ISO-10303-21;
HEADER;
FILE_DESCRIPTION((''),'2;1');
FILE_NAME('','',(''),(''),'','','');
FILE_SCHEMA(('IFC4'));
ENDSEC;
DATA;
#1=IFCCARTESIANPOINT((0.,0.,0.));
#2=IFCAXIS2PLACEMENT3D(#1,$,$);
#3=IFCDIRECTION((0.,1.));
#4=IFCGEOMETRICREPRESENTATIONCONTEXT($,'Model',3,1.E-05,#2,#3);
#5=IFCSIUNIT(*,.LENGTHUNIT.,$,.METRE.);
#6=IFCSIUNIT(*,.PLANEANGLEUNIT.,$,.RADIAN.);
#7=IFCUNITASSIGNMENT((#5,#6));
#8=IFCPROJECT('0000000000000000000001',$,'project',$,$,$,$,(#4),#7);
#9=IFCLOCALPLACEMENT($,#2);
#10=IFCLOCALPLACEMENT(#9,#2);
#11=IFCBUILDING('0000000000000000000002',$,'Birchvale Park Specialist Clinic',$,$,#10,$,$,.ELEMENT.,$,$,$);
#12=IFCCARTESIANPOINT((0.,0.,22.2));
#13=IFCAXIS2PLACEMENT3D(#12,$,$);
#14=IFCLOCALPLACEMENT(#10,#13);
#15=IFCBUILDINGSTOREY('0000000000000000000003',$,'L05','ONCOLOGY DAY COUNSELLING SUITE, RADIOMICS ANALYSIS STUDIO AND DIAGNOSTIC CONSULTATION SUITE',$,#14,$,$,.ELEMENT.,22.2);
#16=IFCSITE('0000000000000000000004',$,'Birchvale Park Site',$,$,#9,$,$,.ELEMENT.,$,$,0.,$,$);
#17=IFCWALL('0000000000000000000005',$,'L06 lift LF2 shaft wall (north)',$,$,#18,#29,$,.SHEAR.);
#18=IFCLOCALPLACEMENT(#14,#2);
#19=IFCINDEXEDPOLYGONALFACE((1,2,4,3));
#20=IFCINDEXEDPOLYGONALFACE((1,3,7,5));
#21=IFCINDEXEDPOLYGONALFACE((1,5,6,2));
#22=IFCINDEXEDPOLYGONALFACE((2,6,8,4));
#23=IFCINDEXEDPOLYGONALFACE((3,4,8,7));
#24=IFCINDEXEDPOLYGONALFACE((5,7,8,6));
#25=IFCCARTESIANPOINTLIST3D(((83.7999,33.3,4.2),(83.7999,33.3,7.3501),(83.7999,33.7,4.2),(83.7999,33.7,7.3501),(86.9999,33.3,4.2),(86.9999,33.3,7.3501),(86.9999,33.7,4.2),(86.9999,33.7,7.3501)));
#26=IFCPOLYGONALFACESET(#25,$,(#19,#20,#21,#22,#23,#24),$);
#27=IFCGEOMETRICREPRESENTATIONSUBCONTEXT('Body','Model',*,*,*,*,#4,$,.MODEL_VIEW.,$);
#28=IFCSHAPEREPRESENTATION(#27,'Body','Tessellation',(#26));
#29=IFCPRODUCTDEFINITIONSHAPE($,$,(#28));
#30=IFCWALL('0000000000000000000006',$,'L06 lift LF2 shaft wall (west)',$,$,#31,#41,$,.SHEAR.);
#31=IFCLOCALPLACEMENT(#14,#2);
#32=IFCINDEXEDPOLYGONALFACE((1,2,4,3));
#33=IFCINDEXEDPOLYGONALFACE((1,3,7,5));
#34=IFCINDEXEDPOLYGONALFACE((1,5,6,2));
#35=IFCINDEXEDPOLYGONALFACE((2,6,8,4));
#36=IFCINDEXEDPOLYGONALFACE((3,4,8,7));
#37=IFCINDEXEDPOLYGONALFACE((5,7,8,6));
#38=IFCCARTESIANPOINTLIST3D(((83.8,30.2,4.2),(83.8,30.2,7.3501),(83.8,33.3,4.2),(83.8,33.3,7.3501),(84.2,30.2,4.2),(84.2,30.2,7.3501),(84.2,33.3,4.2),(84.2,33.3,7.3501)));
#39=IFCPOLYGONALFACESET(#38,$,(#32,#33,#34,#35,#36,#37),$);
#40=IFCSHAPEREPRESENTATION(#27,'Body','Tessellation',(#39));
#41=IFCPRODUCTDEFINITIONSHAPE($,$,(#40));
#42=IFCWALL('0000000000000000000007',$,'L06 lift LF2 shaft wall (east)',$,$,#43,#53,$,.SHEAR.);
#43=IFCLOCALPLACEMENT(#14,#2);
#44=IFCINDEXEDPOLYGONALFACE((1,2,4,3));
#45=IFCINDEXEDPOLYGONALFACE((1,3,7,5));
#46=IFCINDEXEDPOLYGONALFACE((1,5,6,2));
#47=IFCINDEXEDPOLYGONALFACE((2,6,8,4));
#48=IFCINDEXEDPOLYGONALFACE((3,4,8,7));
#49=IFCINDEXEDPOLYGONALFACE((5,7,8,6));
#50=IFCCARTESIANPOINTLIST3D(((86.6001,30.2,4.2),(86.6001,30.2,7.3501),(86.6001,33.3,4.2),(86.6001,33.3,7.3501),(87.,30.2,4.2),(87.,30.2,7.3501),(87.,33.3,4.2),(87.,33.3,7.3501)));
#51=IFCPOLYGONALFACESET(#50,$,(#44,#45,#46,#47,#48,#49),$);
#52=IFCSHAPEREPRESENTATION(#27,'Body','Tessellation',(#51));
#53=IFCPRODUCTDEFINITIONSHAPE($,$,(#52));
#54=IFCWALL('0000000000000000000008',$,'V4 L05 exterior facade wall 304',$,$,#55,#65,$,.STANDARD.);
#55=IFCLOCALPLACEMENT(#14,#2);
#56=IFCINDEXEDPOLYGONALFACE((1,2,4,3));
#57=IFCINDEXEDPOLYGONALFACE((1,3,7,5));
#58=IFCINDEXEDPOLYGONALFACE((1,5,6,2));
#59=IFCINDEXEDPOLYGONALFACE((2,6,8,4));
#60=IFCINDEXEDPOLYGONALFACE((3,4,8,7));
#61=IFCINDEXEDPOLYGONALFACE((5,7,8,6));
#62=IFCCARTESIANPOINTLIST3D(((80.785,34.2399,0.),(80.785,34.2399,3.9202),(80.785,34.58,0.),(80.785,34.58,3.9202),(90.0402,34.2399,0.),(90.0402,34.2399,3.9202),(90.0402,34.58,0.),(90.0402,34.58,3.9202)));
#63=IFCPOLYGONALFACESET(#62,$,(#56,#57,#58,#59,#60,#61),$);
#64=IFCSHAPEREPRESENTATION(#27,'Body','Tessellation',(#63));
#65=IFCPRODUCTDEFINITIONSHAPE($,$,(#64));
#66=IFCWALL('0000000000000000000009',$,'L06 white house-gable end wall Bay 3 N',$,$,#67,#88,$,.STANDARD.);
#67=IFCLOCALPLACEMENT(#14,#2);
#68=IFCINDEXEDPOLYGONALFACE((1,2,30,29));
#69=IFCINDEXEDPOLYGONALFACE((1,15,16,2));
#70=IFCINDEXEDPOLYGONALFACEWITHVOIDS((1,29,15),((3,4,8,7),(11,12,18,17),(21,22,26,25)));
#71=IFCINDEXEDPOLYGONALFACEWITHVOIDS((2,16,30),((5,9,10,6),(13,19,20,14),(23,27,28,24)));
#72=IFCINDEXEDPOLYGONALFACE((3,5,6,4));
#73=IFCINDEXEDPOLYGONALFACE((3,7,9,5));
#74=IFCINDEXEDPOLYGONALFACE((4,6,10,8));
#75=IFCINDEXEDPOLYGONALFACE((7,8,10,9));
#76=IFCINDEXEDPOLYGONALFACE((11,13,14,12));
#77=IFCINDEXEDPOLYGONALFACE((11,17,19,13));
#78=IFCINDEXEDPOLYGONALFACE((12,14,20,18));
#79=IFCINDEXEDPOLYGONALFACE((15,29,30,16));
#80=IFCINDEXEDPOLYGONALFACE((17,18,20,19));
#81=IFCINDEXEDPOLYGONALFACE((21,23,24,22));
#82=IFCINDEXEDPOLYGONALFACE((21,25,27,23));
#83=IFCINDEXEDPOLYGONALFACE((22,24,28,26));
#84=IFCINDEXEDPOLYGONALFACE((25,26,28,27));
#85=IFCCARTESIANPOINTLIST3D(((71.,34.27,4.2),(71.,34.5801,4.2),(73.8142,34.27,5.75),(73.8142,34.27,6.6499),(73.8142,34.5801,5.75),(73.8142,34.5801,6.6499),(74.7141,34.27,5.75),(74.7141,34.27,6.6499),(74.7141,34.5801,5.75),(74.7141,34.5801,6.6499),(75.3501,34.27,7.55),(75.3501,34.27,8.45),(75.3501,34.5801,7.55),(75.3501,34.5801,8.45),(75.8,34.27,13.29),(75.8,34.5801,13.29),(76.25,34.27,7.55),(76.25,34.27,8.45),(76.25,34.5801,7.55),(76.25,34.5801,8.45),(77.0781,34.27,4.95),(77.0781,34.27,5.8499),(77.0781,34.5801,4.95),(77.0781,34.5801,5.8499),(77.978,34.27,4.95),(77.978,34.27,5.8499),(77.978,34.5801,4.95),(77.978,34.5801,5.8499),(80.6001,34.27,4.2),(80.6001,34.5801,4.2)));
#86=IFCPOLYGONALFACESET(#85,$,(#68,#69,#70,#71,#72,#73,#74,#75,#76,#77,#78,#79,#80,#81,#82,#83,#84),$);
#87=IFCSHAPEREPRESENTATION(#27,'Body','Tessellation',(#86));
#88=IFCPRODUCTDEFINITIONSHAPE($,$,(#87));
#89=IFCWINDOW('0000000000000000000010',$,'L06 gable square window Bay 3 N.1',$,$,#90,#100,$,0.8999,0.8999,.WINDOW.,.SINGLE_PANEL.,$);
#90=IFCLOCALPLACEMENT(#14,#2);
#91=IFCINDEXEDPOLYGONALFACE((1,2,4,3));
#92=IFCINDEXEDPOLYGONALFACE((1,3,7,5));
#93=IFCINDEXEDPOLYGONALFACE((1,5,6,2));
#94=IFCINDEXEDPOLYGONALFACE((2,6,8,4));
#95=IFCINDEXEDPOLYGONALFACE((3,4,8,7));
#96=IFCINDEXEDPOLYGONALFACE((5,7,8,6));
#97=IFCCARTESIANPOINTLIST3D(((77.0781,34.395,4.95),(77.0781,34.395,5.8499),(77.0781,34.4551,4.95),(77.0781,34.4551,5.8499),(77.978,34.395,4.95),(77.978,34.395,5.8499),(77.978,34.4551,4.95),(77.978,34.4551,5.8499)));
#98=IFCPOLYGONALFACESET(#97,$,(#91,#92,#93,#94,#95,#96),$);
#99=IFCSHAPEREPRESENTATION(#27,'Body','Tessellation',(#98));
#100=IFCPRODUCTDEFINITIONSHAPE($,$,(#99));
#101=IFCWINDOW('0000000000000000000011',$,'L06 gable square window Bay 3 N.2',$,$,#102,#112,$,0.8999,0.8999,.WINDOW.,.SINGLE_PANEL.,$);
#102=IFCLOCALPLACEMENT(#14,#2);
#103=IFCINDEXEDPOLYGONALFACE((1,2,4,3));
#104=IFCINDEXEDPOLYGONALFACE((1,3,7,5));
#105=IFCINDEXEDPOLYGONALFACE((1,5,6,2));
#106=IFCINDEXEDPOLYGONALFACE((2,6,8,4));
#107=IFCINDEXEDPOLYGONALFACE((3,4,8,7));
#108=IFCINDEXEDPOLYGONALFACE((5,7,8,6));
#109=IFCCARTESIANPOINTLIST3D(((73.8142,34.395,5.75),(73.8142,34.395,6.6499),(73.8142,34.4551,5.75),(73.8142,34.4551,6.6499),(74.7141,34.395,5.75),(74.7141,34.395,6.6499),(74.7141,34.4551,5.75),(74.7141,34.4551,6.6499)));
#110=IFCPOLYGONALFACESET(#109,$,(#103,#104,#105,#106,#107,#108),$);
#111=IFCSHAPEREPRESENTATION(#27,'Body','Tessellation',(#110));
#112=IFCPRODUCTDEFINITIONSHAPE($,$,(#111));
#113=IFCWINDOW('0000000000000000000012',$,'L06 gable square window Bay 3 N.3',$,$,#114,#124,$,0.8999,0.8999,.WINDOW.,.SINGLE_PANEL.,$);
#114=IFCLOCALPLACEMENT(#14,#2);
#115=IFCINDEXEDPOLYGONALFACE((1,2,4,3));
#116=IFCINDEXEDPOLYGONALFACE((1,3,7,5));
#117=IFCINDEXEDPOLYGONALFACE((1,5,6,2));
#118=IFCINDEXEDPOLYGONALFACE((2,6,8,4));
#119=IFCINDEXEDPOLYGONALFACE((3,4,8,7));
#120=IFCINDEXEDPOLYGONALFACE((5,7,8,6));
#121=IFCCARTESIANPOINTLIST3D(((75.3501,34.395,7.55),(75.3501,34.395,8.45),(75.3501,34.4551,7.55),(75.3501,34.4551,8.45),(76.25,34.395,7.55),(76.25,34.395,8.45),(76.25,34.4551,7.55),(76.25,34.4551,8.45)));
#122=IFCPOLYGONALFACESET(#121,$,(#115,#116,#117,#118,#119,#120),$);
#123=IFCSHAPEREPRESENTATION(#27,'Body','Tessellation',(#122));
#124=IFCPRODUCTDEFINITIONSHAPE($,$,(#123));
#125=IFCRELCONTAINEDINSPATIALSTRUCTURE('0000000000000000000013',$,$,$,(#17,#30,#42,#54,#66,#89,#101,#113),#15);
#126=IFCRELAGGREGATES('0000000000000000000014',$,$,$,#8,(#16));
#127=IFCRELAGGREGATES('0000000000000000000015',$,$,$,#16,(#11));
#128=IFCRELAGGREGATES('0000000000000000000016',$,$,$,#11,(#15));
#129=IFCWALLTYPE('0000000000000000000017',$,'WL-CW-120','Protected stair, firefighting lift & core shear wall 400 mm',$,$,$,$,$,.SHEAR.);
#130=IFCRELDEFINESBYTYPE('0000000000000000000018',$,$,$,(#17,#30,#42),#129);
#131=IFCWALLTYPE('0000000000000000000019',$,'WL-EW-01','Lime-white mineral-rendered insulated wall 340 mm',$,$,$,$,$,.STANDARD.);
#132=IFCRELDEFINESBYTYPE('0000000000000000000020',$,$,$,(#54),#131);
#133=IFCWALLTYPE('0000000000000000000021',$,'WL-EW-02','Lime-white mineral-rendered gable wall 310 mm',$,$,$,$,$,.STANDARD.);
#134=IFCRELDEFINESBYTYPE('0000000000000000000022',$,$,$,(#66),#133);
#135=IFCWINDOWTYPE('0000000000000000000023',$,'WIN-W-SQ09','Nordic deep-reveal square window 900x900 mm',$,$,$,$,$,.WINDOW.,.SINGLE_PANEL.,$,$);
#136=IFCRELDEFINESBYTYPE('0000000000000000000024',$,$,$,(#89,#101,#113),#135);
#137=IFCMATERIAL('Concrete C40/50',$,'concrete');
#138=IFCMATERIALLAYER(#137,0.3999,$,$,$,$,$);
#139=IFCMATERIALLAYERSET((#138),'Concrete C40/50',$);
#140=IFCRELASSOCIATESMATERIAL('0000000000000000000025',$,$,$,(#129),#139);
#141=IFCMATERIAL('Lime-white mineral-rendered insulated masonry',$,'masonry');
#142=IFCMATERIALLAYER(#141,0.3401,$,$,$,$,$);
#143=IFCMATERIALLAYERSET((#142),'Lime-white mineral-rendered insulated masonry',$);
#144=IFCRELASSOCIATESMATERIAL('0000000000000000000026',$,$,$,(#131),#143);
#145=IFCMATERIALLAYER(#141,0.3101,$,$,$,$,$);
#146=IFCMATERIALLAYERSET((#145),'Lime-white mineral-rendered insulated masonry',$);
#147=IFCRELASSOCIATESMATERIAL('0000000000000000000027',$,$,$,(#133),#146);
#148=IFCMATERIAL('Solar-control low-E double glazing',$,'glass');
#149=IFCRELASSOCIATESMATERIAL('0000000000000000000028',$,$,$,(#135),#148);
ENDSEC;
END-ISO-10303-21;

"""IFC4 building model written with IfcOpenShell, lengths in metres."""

from ifc_helpers import new_model, si_unit, direction, frame, frame_2d, origin, place, context, subcontext, project, spatial, polyline, rectangle, outline, extrude, material, layer, layer_set, type_object, element, fill, save


model = new_model("IFC4")

# Units and contexts
model_context = context("Model", 3, precision=1e-05, world=origin(), true_north=direction((0.0, 1.0)))
body_context = subcontext(model_context, "Body", "Model", "MODEL_VIEW")
ifc_project = project(units=[si_unit("LENGTHUNIT", "METRE"), si_unit("PLANEANGLEUNIT", "RADIAN")], contexts=[model_context])

# Site, building, storey
site_placement = place(None, origin())
site = spatial("IfcSite", under=ifc_project, at=site_placement, Name="Birchvale Park Site", CompositionType="ELEMENT", RefElevation=0.0)
building_placement = place(site_placement, origin())
building = spatial("IfcBuilding", under=site, at=building_placement, Name="Birchvale Park Specialist Clinic", CompositionType="ELEMENT")
storey_placement = place(building_placement, frame((0.0, 0.0, 22.2)))
storey = spatial("IfcBuildingStorey", under=building, at=storey_placement, Name="L05", Description="ONCOLOGY DAY COUNSELLING SUITE, RADIOMICS ANALYSIS STUDIO AND DIAGNOSTIC CONSULTATION SUITE", CompositionType="ELEMENT", Elevation=22.2)

# Shared definitions
ifc_material_1 = material(Name="Concrete C40/50", Category="concrete")

# Shared definitions
ifc_layer_1 = layer(ifc_material_1, 0.3999)
ifc_layer_set_1 = layer_set([ifc_layer_1], Name="Concrete C40/50")
wall_type_1 = type_object("IfcWallType", Name="WL-CW-120", Description="Protected stair, firefighting lift & core shear wall 400 mm", PredefinedType="SHEAR", material=ifc_layer_set_1)

# Walls
for number, where, z_axis, x_axis, name in (
    (1, (87.0, 33.5, 4.2), (0.0, 0.0, 1.0), (-1.0, 0.0, 0.0), "L06 lift LF2 shaft wall (north)"),
):
    element("IfcWall", number, at=place(storey_placement, frame(where, z_axis=z_axis, x_axis=x_axis)), inside=storey, type_object=wall_type_1, Name=name, PredefinedType="SHEAR", context=body_context, shape_type="SweptSolid", body=[
        extrude(rectangle(XDim=3.2, YDim=0.3999, at=frame_2d((1.6001, 0.0))), origin(), (0.0, 0.0, 1.0), 3.1501),
    ])
for number, where, z_axis, x_axis, name in (
    (2, (84.0, 30.2, 4.2), (0.0, 0.0, 1.0), (0.0, 1.0, 0.0), "L06 lift LF2 shaft wall (west)"),
    (3, (86.8, 33.3, 4.2), (0.0, 0.0, 1.0), (0.0, -1.0, 0.0), "L06 lift LF2 shaft wall (east)"),
):
    element("IfcWall", number, at=place(storey_placement, frame(where, z_axis=z_axis, x_axis=x_axis)), inside=storey, type_object=wall_type_1, Name=name, PredefinedType="SHEAR", context=body_context, shape_type="SweptSolid", body=[
        extrude(rectangle(XDim=3.1001, YDim=0.3999, at=frame_2d((1.55, 0.0))), origin(), (0.0, 0.0, 1.0), 3.1501),
    ])
ifc_material_2 = material(Name="Lime-white mineral-rendered insulated masonry", Category="masonry")
ifc_layer_2 = layer(ifc_material_2, 0.3401)
ifc_layer_set_2 = layer_set([ifc_layer_2], Name="Lime-white mineral-rendered insulated masonry")
wall_type_2 = type_object("IfcWallType", Name="WL-EW-01", Description="Lime-white mineral-rendered insulated wall 340 mm", PredefinedType="STANDARD", material=ifc_layer_set_2)
wall_1_placement = place(storey_placement, frame((90.04, 34.4099, 0.0), z_axis=(0.0, 0.0, 1.0), x_axis=(-1.0, 0.0, 0.0)))
element("IfcWall", 4, at=wall_1_placement, inside=storey, type_object=wall_type_2, Name="V4 L05 exterior facade wall 304", PredefinedType="STANDARD", context=body_context, shape_type="SweptSolid", body=[
    extrude(rectangle(XDim=9.2551, YDim=0.3401, at=frame_2d((4.6274, 0.0))), origin(), (0.0, 0.0, 1.0), 3.9202),
])

# Wall, openings, windows
ifc_layer_3 = layer(ifc_material_2, 0.3101)
ifc_layer_set_3 = layer_set([ifc_layer_3], Name="Lime-white mineral-rendered insulated masonry")
wall_type_3 = type_object("IfcWallType", Name="WL-EW-02", Description="Lime-white mineral-rendered gable wall 310 mm", PredefinedType="STANDARD", material=ifc_layer_set_3)
wall_2_placement = place(storey_placement, frame((80.6001, 34.425, 4.2), z_axis=(0.0, 0.0, 1.0), x_axis=(-1.0, 0.0, 0.0)))
wall_2 = element("IfcWall", 5, at=wall_2_placement, inside=storey, type_object=wall_type_3, Name="L06 white house-gable end wall Bay 3 N", PredefinedType="STANDARD", context=body_context, shape_type="SweptSolid", body=[
    extrude(outline(polyline([(0.0, 0.0), (9.6001, 0.0), (9.6001, 0.0), (4.8, 9.0901), (0.0, 0.0), (0.0, 0.0)])), frame((0.0, 0.155, 0.0), z_axis=(0.0, -1.0, 0.0), x_axis=(1.0, 0.0, 0.0)), (0.0, 0.0, 1.0), 0.3101),
])
opening_1_placement = place(wall_2_placement, frame((2.6221, 0.0, 0.75)))
opening_1 = element("IfcOpeningElement", 6, at=opening_1_placement, cuts=wall_2, PredefinedType="OPENING", context=body_context, shape_type="SweptSolid", body=[
    extrude(rectangle(XDim=0.8999, YDim=0.8999, at=frame_2d((0.45, 0.45))), frame((0.0, 0.165, 0.0), z_axis=(0.0, -1.0, 0.0), x_axis=(1.0, 0.0, 0.0)), (0.0, 0.0, 1.0), 0.3301),
])
opening_2_placement = place(wall_2_placement, frame((5.886, 0.0, 1.55)))
opening_2 = element("IfcOpeningElement", 7, at=opening_2_placement, cuts=wall_2, PredefinedType="OPENING", context=body_context, shape_type="SweptSolid", body=[
    extrude(rectangle(XDim=0.8999, YDim=0.8999, at=frame_2d((0.45, 0.45))), frame((0.0, 0.165, 0.0), z_axis=(0.0, -1.0, 0.0), x_axis=(1.0, 0.0, 0.0)), (0.0, 0.0, 1.0), 0.3301),
])
opening_3_placement = place(wall_2_placement, frame((4.3501, 0.0, 3.3501)))
opening_3 = element("IfcOpeningElement", 8, at=opening_3_placement, cuts=wall_2, PredefinedType="OPENING", context=body_context, shape_type="SweptSolid", body=[
    extrude(rectangle(XDim=0.8999, YDim=0.8999, at=frame_2d((0.45, 0.45))), frame((0.0, 0.165, 0.0), z_axis=(0.0, -1.0, 0.0), x_axis=(1.0, 0.0, 0.0)), (0.0, 0.0, 1.0), 0.3301),
])
ifc_material_3 = material(Name="Solar-control low-E double glazing", Category="glass")
window_type_1 = type_object("IfcWindowType", Name="WIN-W-SQ09", Description="Nordic deep-reveal square window 900x900 mm", PartitioningType="SINGLE_PANEL", PredefinedType="WINDOW", material=ifc_material_3)
window_1_placement = place(opening_1_placement, origin())
window_1 = element("IfcWindow", 9, at=window_1_placement, inside=storey, type_object=window_type_1, Name="L06 gable square window Bay 3 N.1", OverallHeight=0.8999, OverallWidth=0.8999, PartitioningType="SINGLE_PANEL", PredefinedType="WINDOW", context=body_context, shape_type="SweptSolid", body=[
    extrude(rectangle(XDim=0.8999, YDim=0.8999, at=frame_2d((0.45, 0.45))), frame((0.0, 0.03, 0.0), z_axis=(0.0, -1.0, 0.0), x_axis=(1.0, 0.0, 0.0)), (0.0, 0.0, 1.0), 0.0601),
])
fill(opening_1, window_1)
window_2_placement = place(opening_2_placement, origin())
window_2 = element("IfcWindow", 10, at=window_2_placement, inside=storey, type_object=window_type_1, Name="L06 gable square window Bay 3 N.2", OverallHeight=0.8999, OverallWidth=0.8999, PartitioningType="SINGLE_PANEL", PredefinedType="WINDOW", context=body_context, shape_type="SweptSolid", body=[
    extrude(rectangle(XDim=0.8999, YDim=0.8999, at=frame_2d((0.45, 0.45))), frame((0.0, 0.03, 0.0), z_axis=(0.0, -1.0, 0.0), x_axis=(1.0, 0.0, 0.0)), (0.0, 0.0, 1.0), 0.0601),
])
fill(opening_2, window_2)
window_3_placement = place(opening_3_placement, origin())
window_3 = element("IfcWindow", 11, at=window_3_placement, inside=storey, type_object=window_type_1, Name="L06 gable square window Bay 3 N.3", OverallHeight=0.8999, OverallWidth=0.8999, PartitioningType="SINGLE_PANEL", PredefinedType="WINDOW", context=body_context, shape_type="SweptSolid", body=[
    extrude(rectangle(XDim=0.8999, YDim=0.8999, at=frame_2d((0.45, 0.45))), frame((0.0, 0.03, 0.0), z_axis=(0.0, -1.0, 0.0), x_axis=(1.0, 0.0, 0.0)), (0.0, 0.0, 1.0), 0.0601),
])
fill(opening_3, window_3)

save(model, "model.ifc")
